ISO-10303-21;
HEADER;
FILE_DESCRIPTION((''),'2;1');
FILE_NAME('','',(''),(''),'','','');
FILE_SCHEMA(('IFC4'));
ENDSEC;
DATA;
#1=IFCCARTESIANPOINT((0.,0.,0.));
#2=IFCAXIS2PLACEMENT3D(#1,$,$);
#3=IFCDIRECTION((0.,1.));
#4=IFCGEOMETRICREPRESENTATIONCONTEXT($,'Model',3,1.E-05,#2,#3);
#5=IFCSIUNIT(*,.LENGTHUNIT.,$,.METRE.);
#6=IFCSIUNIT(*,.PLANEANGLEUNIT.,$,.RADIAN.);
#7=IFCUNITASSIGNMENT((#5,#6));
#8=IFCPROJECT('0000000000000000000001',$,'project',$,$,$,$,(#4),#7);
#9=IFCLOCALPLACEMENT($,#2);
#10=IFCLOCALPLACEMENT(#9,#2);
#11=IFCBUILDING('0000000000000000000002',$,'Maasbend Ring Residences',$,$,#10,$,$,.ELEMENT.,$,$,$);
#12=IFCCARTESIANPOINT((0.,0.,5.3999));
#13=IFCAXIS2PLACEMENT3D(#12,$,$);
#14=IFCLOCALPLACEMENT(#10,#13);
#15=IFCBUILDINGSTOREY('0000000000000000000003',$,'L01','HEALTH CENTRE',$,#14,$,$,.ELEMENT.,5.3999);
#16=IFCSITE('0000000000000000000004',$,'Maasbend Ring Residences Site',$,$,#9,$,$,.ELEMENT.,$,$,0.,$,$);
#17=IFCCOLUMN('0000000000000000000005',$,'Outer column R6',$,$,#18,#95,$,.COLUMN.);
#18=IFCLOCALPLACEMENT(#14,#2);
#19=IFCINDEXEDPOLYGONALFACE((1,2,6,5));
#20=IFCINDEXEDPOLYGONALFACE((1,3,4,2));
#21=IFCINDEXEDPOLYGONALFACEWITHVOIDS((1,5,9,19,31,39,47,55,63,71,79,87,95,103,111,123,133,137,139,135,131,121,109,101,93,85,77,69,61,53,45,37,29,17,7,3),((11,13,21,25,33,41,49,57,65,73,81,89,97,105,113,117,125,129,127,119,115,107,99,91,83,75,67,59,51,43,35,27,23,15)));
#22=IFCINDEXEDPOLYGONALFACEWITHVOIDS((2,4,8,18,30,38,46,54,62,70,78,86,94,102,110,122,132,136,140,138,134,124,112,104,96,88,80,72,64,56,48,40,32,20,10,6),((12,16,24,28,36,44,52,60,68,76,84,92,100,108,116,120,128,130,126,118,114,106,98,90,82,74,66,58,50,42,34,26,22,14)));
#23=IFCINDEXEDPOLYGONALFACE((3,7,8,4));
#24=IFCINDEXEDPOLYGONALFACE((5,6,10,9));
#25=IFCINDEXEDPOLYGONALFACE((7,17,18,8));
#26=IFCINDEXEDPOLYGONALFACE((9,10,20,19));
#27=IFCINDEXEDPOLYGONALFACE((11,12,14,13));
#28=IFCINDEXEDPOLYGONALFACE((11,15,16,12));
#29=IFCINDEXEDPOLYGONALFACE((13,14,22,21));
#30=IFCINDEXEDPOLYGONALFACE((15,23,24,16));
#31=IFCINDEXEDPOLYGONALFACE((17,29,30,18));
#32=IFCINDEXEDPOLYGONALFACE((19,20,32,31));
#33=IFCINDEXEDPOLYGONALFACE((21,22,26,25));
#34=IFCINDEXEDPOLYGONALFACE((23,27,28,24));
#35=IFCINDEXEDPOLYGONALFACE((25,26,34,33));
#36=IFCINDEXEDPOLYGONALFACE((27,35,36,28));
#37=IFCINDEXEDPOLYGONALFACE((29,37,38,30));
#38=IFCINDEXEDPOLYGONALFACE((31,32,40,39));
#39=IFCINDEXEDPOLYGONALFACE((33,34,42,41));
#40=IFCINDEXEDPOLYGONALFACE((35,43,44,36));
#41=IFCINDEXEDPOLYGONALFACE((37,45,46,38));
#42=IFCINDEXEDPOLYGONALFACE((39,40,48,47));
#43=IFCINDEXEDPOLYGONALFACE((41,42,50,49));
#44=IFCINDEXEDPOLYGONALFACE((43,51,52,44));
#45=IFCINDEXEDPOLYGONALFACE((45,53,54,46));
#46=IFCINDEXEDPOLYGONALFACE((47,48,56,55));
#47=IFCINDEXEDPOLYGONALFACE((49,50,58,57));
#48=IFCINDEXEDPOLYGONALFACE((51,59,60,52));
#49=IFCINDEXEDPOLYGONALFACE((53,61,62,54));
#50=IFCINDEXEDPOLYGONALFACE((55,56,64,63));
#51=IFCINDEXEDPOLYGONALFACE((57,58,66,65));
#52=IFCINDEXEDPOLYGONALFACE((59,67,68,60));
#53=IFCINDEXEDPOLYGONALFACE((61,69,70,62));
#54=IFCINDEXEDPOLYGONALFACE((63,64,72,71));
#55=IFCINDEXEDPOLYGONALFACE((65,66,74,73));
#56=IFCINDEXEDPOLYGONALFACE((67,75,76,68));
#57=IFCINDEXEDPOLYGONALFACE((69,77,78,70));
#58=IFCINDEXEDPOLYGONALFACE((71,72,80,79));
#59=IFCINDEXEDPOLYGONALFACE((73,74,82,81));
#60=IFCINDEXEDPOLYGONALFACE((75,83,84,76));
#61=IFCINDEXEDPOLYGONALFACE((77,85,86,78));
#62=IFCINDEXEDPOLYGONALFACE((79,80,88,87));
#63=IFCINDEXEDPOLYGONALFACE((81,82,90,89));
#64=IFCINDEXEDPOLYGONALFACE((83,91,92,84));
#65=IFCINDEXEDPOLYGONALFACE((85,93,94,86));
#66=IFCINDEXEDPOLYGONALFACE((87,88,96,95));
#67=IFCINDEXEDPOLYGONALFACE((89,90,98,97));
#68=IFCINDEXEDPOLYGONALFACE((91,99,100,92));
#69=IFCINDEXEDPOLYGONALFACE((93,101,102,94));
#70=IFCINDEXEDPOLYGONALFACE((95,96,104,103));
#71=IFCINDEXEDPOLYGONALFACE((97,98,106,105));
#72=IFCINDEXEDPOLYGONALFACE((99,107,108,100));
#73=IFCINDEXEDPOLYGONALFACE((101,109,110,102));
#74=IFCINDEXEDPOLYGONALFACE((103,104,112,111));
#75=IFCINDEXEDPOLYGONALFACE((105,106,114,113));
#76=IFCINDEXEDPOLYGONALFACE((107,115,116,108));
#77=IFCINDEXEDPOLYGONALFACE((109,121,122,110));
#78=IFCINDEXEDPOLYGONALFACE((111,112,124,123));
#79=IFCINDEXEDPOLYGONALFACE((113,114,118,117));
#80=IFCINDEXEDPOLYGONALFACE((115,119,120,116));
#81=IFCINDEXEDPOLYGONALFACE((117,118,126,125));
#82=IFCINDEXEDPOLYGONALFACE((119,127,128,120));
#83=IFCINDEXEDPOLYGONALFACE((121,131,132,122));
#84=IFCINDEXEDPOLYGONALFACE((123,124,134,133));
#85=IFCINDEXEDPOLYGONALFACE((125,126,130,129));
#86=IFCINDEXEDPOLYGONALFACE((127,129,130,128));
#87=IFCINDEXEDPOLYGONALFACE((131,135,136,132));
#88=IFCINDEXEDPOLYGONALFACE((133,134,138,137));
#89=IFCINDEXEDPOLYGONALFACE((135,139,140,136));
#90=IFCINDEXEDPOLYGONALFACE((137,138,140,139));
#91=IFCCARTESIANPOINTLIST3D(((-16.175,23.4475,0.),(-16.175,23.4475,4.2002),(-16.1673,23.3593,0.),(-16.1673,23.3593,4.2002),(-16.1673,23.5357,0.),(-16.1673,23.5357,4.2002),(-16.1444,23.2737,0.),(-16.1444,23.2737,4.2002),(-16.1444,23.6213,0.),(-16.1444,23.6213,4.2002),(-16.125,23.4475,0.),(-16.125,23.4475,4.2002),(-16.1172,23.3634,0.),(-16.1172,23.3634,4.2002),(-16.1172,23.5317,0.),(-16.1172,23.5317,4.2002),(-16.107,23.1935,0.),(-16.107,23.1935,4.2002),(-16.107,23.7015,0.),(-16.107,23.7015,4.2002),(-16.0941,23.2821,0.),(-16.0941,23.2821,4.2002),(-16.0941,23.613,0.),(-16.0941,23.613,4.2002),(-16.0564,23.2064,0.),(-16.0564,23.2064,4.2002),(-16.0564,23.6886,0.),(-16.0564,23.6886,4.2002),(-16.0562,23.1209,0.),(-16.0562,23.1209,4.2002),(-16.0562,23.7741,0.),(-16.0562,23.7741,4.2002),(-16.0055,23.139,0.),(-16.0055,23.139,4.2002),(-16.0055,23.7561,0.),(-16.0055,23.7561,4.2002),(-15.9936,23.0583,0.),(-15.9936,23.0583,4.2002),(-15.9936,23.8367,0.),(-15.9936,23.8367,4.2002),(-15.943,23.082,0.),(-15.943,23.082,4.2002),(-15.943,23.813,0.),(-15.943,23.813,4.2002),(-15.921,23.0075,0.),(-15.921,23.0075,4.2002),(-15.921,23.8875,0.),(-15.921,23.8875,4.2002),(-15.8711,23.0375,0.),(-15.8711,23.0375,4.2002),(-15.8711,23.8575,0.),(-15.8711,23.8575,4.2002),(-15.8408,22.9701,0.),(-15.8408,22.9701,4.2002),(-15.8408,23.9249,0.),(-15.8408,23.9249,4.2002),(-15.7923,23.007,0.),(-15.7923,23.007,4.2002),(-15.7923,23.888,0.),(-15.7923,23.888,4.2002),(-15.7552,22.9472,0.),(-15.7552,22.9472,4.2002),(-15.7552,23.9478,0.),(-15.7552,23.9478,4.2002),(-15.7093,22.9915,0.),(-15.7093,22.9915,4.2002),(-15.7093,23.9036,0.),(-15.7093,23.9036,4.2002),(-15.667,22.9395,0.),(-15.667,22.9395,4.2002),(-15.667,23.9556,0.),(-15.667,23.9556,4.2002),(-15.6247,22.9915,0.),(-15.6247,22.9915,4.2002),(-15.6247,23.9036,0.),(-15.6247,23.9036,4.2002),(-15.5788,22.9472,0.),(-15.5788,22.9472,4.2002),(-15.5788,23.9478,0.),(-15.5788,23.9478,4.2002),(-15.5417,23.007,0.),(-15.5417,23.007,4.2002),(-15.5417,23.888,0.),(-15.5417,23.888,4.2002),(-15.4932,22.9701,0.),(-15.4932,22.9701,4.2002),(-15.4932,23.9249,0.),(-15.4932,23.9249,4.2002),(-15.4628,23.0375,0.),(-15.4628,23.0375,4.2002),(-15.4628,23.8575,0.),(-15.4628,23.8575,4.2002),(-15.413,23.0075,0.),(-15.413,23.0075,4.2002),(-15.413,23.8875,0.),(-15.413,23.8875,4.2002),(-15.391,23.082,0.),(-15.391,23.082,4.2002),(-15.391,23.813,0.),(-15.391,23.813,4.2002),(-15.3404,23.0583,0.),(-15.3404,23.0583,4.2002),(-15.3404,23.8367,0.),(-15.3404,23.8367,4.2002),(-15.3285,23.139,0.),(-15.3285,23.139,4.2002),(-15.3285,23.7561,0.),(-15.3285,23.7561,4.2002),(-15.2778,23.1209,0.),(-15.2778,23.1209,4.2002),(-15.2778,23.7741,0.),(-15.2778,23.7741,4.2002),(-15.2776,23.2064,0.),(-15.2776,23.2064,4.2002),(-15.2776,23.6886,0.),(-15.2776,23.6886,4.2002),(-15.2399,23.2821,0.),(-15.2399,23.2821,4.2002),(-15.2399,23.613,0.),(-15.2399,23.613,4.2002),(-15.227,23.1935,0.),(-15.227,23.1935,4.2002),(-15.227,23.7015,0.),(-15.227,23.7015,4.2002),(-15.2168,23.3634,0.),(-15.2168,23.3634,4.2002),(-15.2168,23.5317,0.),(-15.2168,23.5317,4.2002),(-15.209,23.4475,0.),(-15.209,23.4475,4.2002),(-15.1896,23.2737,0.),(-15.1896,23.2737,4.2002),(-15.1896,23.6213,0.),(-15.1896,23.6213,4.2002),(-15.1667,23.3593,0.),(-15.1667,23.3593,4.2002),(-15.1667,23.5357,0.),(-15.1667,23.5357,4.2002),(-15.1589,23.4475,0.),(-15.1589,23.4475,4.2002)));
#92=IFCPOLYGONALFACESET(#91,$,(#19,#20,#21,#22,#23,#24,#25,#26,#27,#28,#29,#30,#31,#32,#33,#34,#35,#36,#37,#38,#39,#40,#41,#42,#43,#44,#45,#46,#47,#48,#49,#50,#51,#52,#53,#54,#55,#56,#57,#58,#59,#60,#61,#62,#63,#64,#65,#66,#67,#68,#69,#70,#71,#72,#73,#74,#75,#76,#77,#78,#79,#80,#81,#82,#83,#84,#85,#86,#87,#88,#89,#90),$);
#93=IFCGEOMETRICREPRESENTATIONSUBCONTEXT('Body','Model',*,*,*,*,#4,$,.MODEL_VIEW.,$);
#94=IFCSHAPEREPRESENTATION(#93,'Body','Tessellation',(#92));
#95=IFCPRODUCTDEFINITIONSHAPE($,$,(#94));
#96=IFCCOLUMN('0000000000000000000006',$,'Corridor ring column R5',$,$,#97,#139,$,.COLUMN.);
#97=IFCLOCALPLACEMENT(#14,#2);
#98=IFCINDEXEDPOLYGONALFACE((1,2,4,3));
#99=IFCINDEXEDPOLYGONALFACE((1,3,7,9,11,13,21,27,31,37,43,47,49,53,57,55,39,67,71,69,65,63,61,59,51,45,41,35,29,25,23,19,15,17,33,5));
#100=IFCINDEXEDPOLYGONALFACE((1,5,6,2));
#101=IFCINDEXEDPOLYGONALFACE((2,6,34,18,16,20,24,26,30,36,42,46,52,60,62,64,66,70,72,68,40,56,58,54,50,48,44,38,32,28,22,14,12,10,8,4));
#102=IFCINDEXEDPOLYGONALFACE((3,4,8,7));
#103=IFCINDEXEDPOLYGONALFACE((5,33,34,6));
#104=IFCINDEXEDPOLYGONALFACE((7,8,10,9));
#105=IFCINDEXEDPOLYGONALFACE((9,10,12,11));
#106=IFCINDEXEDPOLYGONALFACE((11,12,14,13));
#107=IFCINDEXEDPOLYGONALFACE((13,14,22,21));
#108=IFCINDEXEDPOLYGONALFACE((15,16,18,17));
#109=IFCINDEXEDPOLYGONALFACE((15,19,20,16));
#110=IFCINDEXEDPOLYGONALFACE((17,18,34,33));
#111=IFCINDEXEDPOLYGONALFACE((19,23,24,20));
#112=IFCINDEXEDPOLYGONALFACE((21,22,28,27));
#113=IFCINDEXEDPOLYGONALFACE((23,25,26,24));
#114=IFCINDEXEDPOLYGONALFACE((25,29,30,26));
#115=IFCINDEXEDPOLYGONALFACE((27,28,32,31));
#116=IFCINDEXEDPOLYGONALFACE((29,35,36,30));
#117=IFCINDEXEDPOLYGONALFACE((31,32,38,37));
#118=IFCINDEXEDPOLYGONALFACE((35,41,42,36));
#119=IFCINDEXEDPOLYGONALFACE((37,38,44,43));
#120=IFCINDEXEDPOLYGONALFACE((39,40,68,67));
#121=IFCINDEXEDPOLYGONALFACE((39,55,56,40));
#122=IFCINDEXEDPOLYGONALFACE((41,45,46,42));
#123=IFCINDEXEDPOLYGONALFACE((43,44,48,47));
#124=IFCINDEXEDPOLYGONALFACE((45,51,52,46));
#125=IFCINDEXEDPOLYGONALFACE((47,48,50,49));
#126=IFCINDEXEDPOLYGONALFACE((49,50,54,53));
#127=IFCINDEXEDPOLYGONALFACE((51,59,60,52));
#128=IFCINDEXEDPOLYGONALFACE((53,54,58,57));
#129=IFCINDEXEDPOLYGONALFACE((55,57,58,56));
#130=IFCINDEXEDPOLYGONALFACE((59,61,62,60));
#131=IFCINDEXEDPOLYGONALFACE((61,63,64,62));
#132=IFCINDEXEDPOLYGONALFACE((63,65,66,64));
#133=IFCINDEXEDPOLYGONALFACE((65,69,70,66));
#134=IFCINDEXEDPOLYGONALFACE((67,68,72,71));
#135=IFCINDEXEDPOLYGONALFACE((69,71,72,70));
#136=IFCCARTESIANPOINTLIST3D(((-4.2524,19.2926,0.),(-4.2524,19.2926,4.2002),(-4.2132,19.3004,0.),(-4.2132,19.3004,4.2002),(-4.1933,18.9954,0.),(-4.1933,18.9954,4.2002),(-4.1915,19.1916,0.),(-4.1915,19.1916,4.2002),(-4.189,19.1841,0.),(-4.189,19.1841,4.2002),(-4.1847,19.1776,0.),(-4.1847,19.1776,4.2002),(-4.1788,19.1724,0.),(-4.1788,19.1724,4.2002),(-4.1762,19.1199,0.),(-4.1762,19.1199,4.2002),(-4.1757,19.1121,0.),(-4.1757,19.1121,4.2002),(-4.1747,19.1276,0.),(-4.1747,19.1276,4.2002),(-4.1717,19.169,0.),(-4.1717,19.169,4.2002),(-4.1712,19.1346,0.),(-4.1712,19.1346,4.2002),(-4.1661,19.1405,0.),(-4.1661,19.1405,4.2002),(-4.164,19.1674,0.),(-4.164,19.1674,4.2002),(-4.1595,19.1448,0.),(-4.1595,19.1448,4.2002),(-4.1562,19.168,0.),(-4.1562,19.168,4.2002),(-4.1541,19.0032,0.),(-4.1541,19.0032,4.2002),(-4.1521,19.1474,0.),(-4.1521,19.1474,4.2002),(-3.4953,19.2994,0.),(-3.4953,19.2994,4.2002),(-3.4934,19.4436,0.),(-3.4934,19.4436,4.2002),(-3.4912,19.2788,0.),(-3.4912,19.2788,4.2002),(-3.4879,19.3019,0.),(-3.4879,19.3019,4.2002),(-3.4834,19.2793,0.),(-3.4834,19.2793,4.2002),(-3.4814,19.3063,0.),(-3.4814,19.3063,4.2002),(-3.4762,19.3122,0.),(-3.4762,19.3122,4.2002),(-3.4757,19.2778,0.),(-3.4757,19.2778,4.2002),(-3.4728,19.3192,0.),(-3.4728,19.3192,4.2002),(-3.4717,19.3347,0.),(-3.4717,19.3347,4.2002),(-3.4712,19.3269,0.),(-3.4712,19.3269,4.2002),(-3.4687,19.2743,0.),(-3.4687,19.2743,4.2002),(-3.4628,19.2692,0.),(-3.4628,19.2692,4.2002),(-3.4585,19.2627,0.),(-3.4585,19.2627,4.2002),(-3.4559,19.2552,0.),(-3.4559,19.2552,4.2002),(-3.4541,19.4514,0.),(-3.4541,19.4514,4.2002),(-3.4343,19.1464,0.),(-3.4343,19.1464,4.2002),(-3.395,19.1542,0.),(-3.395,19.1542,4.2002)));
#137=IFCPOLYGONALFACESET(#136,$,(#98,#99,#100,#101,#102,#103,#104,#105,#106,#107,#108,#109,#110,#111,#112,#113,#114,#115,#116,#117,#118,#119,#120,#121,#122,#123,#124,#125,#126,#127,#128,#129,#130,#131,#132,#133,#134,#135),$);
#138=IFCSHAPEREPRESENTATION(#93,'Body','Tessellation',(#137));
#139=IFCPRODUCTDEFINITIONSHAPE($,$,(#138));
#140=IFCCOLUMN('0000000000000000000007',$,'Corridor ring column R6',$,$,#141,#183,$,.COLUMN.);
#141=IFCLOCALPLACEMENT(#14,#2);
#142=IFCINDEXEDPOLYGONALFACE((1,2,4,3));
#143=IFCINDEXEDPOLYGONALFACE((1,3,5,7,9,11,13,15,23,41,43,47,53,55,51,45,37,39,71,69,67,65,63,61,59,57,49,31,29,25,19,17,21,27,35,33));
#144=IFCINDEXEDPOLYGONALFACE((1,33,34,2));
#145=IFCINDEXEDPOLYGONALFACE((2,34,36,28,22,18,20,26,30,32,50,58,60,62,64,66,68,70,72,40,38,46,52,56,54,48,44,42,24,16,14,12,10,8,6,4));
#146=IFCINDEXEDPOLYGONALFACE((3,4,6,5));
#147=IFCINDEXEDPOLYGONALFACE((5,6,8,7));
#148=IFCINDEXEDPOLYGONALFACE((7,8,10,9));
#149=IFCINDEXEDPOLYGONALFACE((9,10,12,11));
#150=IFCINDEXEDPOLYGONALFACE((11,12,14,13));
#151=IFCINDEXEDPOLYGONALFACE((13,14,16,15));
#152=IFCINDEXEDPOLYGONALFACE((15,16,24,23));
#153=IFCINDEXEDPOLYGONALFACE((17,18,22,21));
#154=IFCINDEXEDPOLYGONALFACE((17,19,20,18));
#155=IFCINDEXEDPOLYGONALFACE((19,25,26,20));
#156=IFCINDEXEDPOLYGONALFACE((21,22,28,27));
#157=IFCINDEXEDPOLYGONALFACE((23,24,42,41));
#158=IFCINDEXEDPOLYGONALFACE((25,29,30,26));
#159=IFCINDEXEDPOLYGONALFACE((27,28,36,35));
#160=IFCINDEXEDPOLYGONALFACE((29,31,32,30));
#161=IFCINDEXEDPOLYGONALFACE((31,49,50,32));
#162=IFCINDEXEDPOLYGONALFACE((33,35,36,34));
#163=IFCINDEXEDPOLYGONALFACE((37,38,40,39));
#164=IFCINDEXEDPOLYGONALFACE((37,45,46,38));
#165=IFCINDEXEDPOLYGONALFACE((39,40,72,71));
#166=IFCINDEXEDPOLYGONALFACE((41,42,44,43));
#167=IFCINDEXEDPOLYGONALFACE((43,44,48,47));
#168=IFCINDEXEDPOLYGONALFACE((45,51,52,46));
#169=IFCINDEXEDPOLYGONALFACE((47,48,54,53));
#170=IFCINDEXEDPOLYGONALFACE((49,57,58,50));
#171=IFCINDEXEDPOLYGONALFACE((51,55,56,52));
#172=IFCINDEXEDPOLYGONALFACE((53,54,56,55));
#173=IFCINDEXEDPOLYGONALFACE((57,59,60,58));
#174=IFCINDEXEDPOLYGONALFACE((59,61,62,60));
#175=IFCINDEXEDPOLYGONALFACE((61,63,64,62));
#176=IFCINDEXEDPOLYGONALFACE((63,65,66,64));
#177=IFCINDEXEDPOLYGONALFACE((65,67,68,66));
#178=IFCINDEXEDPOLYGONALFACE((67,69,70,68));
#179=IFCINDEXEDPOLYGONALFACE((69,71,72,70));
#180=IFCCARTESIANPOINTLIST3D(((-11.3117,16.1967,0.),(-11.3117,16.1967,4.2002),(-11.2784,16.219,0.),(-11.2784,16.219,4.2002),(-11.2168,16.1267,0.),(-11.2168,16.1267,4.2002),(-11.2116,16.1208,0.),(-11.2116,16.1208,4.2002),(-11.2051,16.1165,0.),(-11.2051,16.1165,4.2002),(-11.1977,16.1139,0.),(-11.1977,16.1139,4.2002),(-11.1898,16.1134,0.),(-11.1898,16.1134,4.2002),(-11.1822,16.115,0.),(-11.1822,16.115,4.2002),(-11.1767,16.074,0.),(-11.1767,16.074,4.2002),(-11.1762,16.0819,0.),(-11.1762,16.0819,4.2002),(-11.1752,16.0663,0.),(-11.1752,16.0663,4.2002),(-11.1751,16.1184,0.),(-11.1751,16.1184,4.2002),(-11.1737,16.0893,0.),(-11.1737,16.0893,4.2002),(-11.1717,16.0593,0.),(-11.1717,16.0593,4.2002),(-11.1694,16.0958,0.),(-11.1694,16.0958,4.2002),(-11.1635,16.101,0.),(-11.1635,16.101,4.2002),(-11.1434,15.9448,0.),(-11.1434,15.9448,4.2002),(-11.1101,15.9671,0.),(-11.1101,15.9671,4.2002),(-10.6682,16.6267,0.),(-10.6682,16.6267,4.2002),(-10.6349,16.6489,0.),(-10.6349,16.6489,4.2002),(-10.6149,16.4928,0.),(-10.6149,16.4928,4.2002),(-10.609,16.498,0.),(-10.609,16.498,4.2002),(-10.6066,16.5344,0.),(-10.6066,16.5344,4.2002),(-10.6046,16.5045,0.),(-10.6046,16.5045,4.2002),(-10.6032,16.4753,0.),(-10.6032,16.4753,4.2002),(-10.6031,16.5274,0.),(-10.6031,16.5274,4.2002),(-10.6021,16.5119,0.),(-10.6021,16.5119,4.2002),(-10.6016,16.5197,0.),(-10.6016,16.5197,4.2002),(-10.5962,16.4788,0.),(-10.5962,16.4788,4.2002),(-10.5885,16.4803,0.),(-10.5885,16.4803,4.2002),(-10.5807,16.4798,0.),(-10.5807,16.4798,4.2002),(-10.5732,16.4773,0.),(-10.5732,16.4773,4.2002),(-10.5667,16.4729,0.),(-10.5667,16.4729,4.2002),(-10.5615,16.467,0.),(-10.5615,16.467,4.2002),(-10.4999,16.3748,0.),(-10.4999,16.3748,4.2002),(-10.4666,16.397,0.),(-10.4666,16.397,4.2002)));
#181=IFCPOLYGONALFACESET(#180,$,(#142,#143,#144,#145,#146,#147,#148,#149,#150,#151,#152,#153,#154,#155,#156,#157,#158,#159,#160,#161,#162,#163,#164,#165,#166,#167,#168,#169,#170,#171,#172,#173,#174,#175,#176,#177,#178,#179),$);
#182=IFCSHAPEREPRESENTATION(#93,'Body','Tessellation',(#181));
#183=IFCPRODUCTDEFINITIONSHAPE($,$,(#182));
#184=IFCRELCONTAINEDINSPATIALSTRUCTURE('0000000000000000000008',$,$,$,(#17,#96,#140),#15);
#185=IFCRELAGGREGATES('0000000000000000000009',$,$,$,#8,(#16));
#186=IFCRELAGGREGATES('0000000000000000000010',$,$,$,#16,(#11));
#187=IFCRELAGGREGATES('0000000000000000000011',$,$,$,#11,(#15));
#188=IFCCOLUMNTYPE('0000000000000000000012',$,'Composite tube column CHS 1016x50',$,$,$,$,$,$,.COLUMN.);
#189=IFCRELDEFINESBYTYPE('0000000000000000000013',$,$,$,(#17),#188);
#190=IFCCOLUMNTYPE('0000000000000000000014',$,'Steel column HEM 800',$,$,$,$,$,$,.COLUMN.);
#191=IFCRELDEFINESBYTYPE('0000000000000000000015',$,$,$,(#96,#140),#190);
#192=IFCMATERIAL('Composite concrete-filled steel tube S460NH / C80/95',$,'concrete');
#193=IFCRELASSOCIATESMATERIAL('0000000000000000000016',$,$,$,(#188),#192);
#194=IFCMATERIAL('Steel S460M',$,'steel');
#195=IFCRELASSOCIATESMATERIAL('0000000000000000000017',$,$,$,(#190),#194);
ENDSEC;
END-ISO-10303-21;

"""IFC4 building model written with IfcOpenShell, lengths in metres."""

from ifc_helpers import new_model, si_unit, direction, frame, origin, origin_2d, place, context, subcontext, project, spatial, hollow_circle, i_section, extrude, material, material_profile, profile_set, type_object, element, save


model = new_model("IFC4")

# Units and contexts
model_context = context("Model", 3, precision=1e-05, world=origin(), true_north=direction((0.0, 1.0)))
body_context = subcontext(model_context, "Body", "Model", "MODEL_VIEW")
ifc_project = project(units=[si_unit("LENGTHUNIT", "METRE"), si_unit("PLANEANGLEUNIT", "RADIAN")], contexts=[model_context])

# Site, building, storey
site_placement = place(None, origin())
site = spatial("IfcSite", under=ifc_project, at=site_placement, Name="Maasbend Ring Residences Site", CompositionType="ELEMENT", RefElevation=0.0)
building_placement = place(site_placement, origin())
building = spatial("IfcBuilding", under=site, at=building_placement, Name="Maasbend Ring Residences", CompositionType="ELEMENT")
storey_placement = place(building_placement, frame((0.0, 0.0, 5.3999)))
storey = spatial("IfcBuildingStorey", under=building, at=storey_placement, Name="L01", Description="HEALTH CENTRE", CompositionType="ELEMENT", Elevation=5.3999)

# Columns
ifc_material_1 = material(Name="Composite concrete-filled steel tube S460NH / C80/95", Category="concrete")
ifc_material_profile_1 = material_profile(ifc_material_1, hollow_circle(Radius=0.5081, WallThickness=0.05, at=origin_2d()), Name="Composite tube column CHS 1016x50")
ifc_profile_set_1 = profile_set([ifc_material_profile_1], Name="Composite concrete-filled steel tube S460NH / C80/95")
column_type_1 = type_object("IfcColumnType", Name="Composite tube column CHS 1016x50", PredefinedType="COLUMN", material=ifc_profile_set_1)
column_placement = place(storey_placement, frame((-15.667, 23.4475, 0.0), z_axis=(0.0, 0.0, 1.0), x_axis=(1.0, 0.0, 0.0)))
element("IfcColumn", 1, at=column_placement, inside=storey, type_object=column_type_1, Name="Outer column R6", PredefinedType="COLUMN", context=body_context, shape_type="SweptSolid", body=[
    extrude(hollow_circle(Radius=0.5081, WallThickness=0.05, at=origin_2d()), origin(), (0.0, 0.0, 1.0), 4.2002),
])
ifc_material_2 = material(Name="Steel S460M", Category="steel")
ifc_material_profile_2 = material_profile(ifc_material_2, i_section(OverallWidth=0.303, OverallDepth=0.814, WebThickness=0.021, FlangeThickness=0.04, FilletRadius=0.03, at=origin_2d()), Name="HEM 800")
ifc_profile_set_2 = profile_set([ifc_material_profile_2], Name="Steel S460M")
column_type_2 = type_object("IfcColumnType", Name="Steel column HEM 800", PredefinedType="COLUMN", material=ifc_profile_set_2)
for number, where, z_axis, x_axis, name in (
    (2, (-3.8237, 19.2234, 0.0), (0.0, 0.0, 1.0), (-0.19509, 0.980785, 0.0), "Corridor ring column R5"),
    (3, (-10.8892, 16.2969, 0.0), (0.0, 0.0, 1.0), (-0.55557, 0.83147, 0.0), "Corridor ring column R6"),
):
    element("IfcColumn", number, at=place(storey_placement, frame(where, z_axis=z_axis, x_axis=x_axis)), inside=storey, type_object=column_type_2, Name=name, PredefinedType="COLUMN", context=body_context, shape_type="SweptSolid", body=[
        extrude(i_section(OverallWidth=0.303, OverallDepth=0.814, WebThickness=0.021, FlangeThickness=0.04, FilletRadius=0.03, at=origin_2d()), origin(), (0.0, 0.0, 1.0), 4.2002),
    ])

save(model, "model.ifc")
